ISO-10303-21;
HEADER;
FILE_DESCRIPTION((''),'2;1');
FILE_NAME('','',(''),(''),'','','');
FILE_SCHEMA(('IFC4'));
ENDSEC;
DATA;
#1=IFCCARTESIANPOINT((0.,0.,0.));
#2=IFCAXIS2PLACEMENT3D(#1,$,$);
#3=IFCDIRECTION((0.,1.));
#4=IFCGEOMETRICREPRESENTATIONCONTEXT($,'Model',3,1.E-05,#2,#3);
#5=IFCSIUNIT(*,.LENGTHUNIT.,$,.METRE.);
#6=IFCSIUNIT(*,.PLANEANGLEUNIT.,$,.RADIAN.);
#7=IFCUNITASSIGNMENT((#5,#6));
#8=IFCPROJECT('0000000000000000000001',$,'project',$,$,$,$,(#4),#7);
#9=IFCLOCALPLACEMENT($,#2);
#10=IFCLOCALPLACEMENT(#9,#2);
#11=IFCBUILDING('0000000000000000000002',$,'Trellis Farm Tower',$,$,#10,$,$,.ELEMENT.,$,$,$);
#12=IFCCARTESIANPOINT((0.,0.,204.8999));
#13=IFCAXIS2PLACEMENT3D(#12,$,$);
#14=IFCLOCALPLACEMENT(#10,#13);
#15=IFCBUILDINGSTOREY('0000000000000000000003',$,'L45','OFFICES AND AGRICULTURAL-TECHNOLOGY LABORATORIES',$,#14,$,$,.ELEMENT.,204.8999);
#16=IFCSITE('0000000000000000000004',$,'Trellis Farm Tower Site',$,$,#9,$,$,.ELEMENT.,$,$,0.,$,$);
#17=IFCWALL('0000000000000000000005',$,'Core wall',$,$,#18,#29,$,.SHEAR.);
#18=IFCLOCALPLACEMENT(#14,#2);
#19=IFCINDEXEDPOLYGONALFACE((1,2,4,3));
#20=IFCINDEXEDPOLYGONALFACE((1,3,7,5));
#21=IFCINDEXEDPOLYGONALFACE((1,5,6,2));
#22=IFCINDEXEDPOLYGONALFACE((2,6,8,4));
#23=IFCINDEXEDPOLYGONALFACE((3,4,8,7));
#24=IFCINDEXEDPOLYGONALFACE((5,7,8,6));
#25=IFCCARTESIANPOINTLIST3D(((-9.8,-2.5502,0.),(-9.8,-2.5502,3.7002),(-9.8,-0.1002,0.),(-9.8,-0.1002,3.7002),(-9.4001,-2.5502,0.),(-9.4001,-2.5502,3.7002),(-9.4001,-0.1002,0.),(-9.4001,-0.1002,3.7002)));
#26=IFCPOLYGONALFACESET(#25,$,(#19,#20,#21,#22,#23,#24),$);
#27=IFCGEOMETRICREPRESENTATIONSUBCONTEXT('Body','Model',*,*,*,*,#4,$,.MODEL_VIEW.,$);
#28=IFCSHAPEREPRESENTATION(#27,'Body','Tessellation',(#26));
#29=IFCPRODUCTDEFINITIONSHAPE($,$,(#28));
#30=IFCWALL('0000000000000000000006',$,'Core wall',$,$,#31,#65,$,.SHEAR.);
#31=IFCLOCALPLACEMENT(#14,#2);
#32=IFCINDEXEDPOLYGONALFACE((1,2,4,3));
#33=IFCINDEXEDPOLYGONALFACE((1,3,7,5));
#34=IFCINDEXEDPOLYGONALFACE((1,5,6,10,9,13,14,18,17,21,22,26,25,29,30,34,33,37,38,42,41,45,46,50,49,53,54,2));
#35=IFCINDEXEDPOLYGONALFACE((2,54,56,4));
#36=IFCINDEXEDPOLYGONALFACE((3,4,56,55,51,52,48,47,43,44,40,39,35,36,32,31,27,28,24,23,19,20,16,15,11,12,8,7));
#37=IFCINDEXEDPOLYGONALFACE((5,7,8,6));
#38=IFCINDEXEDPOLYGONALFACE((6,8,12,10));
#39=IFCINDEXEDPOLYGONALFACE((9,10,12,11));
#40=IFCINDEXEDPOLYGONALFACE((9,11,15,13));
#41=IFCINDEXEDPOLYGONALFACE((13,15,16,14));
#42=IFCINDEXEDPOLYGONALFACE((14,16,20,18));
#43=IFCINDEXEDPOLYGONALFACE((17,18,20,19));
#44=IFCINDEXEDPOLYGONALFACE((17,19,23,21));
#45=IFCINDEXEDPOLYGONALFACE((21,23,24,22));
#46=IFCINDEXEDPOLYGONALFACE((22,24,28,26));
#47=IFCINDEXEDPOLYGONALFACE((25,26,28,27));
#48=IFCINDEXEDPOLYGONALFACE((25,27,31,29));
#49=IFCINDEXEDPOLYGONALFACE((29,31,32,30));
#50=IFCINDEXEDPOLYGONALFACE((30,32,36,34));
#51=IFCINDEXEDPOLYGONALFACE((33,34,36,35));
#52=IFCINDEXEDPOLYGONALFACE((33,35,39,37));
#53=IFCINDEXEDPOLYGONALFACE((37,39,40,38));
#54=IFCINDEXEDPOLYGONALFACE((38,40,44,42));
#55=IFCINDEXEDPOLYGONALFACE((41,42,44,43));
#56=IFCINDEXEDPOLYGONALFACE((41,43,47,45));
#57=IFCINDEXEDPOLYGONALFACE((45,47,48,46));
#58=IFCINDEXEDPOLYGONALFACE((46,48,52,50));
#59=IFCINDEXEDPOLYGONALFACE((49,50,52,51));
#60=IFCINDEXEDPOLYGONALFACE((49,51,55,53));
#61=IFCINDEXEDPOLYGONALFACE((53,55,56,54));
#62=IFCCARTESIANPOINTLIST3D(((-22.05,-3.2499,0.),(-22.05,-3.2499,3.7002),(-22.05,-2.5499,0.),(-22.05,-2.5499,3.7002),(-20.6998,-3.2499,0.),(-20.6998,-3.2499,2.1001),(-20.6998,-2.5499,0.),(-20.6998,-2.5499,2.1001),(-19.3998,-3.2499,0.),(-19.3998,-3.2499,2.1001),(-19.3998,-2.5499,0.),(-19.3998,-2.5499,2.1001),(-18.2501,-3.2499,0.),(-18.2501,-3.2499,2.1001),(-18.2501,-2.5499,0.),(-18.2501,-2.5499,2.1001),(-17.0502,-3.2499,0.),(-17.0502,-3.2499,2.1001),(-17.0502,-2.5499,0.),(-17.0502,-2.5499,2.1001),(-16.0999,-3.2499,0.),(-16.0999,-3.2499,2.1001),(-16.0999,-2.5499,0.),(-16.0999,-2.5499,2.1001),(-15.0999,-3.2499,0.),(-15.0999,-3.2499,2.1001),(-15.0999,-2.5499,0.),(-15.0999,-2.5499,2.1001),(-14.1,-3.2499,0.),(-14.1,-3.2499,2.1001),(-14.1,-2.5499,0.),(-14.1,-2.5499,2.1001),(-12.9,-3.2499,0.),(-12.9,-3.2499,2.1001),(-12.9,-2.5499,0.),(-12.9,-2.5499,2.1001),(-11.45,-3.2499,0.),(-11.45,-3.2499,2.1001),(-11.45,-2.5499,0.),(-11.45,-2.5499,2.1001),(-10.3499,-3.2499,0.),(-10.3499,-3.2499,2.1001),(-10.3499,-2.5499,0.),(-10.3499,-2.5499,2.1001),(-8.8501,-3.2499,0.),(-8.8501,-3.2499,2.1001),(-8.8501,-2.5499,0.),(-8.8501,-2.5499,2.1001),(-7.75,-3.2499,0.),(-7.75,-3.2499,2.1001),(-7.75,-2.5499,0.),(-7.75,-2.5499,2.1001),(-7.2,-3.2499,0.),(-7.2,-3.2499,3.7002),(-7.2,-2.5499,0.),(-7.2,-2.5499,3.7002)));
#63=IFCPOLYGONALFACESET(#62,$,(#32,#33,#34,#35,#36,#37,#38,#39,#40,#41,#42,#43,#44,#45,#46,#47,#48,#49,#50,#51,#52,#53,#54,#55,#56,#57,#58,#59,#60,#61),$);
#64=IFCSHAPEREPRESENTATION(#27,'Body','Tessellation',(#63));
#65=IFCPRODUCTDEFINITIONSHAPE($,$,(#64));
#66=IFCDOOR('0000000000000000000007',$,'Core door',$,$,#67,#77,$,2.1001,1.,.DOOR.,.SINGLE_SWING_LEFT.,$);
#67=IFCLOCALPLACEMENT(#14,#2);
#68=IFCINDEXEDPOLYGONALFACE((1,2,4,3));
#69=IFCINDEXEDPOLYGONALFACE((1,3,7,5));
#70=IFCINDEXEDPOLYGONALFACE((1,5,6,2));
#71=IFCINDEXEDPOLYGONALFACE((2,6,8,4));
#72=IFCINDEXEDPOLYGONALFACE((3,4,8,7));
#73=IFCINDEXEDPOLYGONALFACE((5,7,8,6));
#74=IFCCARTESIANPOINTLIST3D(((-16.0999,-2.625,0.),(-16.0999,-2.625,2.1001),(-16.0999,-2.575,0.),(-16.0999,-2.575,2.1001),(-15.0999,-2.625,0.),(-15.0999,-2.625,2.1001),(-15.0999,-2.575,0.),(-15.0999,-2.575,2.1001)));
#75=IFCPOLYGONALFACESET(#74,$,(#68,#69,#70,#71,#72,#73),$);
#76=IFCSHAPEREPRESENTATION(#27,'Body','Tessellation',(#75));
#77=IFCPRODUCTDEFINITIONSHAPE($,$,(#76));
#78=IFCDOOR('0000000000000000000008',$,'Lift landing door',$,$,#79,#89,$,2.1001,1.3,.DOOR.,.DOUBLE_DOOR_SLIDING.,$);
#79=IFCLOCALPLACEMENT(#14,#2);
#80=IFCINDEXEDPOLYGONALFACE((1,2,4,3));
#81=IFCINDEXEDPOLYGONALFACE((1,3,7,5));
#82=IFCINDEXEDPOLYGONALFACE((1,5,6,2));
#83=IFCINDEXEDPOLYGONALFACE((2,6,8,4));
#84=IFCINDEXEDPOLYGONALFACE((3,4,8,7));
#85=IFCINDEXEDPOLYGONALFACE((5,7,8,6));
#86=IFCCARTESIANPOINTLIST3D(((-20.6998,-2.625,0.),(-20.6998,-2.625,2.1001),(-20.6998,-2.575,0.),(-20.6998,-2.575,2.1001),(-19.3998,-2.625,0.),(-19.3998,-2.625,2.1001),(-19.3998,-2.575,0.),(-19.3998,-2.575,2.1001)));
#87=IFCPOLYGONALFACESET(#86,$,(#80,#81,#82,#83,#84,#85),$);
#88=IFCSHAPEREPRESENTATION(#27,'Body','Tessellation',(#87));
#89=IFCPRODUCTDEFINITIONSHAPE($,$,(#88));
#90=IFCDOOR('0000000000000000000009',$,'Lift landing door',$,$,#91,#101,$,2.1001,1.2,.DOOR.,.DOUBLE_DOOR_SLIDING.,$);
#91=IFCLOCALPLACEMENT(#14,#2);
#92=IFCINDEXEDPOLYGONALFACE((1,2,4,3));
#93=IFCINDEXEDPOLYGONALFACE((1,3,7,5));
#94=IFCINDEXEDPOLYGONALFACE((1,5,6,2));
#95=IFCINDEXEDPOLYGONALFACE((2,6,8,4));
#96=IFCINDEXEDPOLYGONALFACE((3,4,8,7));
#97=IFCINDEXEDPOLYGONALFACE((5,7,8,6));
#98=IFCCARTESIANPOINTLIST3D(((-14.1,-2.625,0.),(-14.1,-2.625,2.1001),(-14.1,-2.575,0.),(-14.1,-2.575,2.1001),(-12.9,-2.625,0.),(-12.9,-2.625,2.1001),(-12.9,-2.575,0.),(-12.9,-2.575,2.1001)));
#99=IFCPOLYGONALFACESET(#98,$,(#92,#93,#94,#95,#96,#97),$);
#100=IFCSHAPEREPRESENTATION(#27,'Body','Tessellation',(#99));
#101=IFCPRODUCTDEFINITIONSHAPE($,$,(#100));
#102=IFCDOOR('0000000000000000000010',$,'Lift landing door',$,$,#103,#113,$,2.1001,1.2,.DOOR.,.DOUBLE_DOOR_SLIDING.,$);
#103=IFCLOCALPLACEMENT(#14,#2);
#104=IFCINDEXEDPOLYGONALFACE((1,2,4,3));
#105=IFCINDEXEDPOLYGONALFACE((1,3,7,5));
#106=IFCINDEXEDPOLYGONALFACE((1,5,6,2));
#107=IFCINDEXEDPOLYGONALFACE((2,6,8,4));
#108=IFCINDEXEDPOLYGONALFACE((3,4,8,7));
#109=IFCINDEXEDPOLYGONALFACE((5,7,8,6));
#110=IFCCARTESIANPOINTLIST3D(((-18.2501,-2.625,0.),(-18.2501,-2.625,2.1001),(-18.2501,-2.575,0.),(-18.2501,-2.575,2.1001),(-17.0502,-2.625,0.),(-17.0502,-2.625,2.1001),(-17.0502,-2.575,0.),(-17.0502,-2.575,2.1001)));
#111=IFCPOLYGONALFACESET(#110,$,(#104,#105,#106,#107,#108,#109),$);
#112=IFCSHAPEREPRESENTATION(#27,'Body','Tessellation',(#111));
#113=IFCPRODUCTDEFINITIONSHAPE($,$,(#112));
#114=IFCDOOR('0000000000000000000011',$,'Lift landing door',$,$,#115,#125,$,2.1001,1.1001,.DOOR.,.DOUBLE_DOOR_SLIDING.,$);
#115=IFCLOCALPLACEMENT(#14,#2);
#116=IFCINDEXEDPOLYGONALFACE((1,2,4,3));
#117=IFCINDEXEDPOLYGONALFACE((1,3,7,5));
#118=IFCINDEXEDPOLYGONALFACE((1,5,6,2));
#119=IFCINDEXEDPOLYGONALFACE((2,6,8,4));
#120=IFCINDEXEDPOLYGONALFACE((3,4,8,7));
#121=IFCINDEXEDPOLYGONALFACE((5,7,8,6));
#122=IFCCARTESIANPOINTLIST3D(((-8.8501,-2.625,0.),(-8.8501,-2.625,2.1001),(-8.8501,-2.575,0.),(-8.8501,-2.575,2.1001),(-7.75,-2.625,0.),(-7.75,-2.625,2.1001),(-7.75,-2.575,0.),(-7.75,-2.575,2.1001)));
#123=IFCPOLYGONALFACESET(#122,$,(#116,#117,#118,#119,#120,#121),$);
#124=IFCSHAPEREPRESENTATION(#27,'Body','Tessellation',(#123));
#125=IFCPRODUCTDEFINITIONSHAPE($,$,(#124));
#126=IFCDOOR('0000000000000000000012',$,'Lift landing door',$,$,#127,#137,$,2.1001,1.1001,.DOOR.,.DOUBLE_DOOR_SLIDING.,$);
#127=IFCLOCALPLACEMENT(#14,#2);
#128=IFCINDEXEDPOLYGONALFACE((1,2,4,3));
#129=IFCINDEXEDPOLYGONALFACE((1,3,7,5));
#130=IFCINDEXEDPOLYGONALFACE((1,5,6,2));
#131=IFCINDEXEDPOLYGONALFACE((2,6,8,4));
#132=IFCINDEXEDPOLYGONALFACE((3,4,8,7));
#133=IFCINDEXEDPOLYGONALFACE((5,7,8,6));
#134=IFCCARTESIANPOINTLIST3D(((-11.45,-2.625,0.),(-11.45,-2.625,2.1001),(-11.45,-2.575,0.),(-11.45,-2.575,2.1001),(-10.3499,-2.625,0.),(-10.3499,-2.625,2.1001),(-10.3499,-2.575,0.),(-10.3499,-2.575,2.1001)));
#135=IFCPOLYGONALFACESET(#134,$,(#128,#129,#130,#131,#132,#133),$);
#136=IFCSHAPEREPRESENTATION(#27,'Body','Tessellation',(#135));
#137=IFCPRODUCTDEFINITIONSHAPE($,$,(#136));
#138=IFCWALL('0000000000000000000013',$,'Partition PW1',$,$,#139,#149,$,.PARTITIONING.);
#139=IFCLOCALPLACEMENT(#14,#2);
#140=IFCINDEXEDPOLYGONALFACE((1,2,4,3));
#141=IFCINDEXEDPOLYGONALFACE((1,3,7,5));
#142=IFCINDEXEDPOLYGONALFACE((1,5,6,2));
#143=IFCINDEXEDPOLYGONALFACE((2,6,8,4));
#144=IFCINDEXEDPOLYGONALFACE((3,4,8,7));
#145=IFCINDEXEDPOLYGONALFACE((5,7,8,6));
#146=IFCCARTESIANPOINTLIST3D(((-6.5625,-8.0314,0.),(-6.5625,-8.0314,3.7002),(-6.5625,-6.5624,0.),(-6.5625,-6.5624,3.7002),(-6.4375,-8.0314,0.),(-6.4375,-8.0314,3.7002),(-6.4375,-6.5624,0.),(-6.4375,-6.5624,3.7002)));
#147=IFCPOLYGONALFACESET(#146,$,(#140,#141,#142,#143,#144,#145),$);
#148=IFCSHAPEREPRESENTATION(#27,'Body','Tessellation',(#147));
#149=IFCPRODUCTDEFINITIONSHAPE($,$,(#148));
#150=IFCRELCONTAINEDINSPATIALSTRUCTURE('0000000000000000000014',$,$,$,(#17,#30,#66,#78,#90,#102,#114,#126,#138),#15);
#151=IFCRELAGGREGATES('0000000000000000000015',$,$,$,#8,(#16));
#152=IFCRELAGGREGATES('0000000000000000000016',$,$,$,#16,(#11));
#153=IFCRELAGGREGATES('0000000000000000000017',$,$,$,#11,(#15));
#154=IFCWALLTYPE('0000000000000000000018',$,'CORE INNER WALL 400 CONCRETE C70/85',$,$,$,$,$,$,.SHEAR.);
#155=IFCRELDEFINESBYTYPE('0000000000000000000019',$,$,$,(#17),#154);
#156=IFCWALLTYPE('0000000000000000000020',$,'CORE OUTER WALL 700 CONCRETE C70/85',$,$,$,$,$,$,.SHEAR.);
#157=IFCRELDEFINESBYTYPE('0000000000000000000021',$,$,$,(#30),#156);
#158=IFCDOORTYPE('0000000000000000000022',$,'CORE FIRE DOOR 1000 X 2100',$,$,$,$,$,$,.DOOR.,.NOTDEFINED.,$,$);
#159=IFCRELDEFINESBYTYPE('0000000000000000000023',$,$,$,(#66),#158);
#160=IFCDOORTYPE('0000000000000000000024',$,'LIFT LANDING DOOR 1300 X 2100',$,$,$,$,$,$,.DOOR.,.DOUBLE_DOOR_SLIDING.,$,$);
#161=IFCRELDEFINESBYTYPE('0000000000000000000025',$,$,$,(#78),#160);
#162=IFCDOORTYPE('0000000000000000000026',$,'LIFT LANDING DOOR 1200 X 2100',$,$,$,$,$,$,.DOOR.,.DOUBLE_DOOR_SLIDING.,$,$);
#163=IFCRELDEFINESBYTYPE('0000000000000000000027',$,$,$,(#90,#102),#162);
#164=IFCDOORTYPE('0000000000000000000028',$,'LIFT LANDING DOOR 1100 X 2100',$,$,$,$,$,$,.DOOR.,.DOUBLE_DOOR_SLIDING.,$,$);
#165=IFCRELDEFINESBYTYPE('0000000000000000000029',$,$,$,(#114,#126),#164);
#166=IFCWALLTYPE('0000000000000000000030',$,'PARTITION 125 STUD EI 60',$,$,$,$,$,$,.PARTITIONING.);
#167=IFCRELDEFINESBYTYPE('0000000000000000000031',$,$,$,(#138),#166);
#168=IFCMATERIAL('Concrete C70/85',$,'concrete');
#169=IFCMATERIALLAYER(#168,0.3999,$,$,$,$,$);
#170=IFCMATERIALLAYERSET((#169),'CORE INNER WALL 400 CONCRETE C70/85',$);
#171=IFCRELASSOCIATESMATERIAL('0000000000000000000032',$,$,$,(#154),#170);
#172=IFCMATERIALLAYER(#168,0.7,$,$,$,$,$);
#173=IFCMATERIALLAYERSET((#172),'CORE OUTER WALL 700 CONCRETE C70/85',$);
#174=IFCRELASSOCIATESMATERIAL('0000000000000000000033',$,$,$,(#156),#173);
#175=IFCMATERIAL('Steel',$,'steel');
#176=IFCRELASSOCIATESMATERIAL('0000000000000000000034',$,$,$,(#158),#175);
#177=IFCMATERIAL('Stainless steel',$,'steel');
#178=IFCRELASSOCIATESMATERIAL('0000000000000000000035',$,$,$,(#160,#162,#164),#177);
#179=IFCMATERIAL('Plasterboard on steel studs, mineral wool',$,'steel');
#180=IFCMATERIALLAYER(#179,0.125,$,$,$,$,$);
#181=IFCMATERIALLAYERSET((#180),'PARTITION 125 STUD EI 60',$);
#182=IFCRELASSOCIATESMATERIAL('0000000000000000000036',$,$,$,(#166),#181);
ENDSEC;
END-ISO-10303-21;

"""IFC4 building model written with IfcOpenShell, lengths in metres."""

from ifc_helpers import new_model, si_unit, direction, frame, frame_2d, origin, place, context, subcontext, project, spatial, rectangle, extrude, source, transform, mapped, material, layer, layer_set, type_object, element, fill, save


model = new_model("IFC4")

# Units and contexts
model_context = context("Model", 3, precision=1e-05, world=origin(), true_north=direction((0.0, 1.0)))
body_context = subcontext(model_context, "Body", "Model", "MODEL_VIEW")
ifc_project = project(units=[si_unit("LENGTHUNIT", "METRE"), si_unit("PLANEANGLEUNIT", "RADIAN")], contexts=[model_context])

# Site, building, storey
site_placement = place(None, origin())
site = spatial("IfcSite", under=ifc_project, at=site_placement, Name="Trellis Farm Tower Site", CompositionType="ELEMENT", RefElevation=0.0)
building_placement = place(site_placement, origin())
building = spatial("IfcBuilding", under=site, at=building_placement, Name="Trellis Farm Tower", CompositionType="ELEMENT")
storey_placement = place(building_placement, frame((0.0, 0.0, 204.8999)))
storey = spatial("IfcBuildingStorey", under=building, at=storey_placement, Name="L45", Description="OFFICES AND AGRICULTURAL-TECHNOLOGY LABORATORIES", CompositionType="ELEMENT", Elevation=204.8999)

# Shared definitions
ifc_material_1 = material(Name="Concrete C70/85", Category="concrete")

# Wall
ifc_layer_1 = layer(ifc_material_1, 0.3999)
ifc_layer_set_1 = layer_set([ifc_layer_1], Name="CORE INNER WALL 400 CONCRETE C70/85")
wall_type_1 = type_object("IfcWallType", Name="CORE INNER WALL 400 CONCRETE C70/85", PredefinedType="SHEAR", material=ifc_layer_set_1)
shared_shape_1 = source(origin(), body_context, "Body", "SweptSolid", [
    extrude(rectangle(XDim=2.45, YDim=0.3999, at=frame_2d((1.2251, 0.0))), origin(), (0.0, 0.0, 1.0), 3.7002),
])
wall_1_placement = place(storey_placement, frame((-9.6001, -0.1001, 0.0), z_axis=(0.0, 0.0, 1.0), x_axis=(0.0, -1.0, 0.0)))
element("IfcWall", 1, at=wall_1_placement, inside=storey, type_object=wall_type_1, Name="Core wall", PredefinedType="SHEAR", context=body_context, shape_type="MappedRepresentation", body=[
    mapped(shared_shape_1, transform((0.0, 0.0, 0.0))),
])

# Wall, openings, doors
ifc_layer_2 = layer(ifc_material_1, 0.7)
ifc_layer_set_2 = layer_set([ifc_layer_2], Name="CORE OUTER WALL 700 CONCRETE C70/85")
wall_type_2 = type_object("IfcWallType", Name="CORE OUTER WALL 700 CONCRETE C70/85", PredefinedType="SHEAR", material=ifc_layer_set_2)
shared_shape_2 = source(origin(), body_context, "Body", "SweptSolid", [
    extrude(rectangle(XDim=14.8501, YDim=0.7, at=frame_2d((7.425, 0.0))), origin(), (0.0, 0.0, 1.0), 3.7002),
])
wall_2_placement = place(storey_placement, frame((-7.2, -2.8999, 0.0), z_axis=(0.0, 0.0, 1.0), x_axis=(-1.0, 0.0, 0.0)))
wall_2 = element("IfcWall", 2, at=wall_2_placement, inside=storey, type_object=wall_type_2, Name="Core wall", PredefinedType="SHEAR", context=body_context, shape_type="MappedRepresentation", body=[
    mapped(shared_shape_2, transform((0.0, 0.0, 0.0))),
])
shared_shape_3 = source(origin(), body_context, "Body", "SweptSolid", [
    extrude(rectangle(XDim=1.1001, YDim=2.1001, at=frame_2d((0.55, 1.05))), frame((0.0, 0.3601, 0.0), z_axis=(0.0, -1.0, 0.0), x_axis=(1.0, 0.0, 0.0)), (0.0, 0.0, 1.0), 0.7202),
])
opening_1_placement = place(wall_2_placement, frame((0.55, 0.0, 0.0)))
opening_1 = element("IfcOpeningElement", 3, at=opening_1_placement, cuts=wall_2, PredefinedType="OPENING", context=body_context, shape_type="MappedRepresentation", body=[
    mapped(shared_shape_3, transform((0.0, 0.0, 0.0))),
])
opening_2_placement = place(wall_2_placement, frame((3.1499, 0.0, 0.0)))
opening_2 = element("IfcOpeningElement", 4, at=opening_2_placement, cuts=wall_2, PredefinedType="OPENING", context=body_context, shape_type="MappedRepresentation", body=[
    mapped(shared_shape_3, transform((0.0, 0.0, 0.0))),
])
shared_shape_4 = source(origin(), body_context, "Body", "SweptSolid", [
    extrude(rectangle(XDim=1.2, YDim=2.1001, at=frame_2d((0.6001, 1.05))), frame((0.0, 0.3601, 0.0), z_axis=(0.0, -1.0, 0.0), x_axis=(1.0, 0.0, 0.0)), (0.0, 0.0, 1.0), 0.7202),
])
opening_3_placement = place(wall_2_placement, frame((5.7, 0.0, 0.0)))
opening_3 = element("IfcOpeningElement", 5, at=opening_3_placement, cuts=wall_2, PredefinedType="OPENING", context=body_context, shape_type="MappedRepresentation", body=[
    mapped(shared_shape_4, transform((0.0, 0.0, 0.0))),
])
shared_shape_5 = source(origin(), body_context, "Body", "SweptSolid", [
    extrude(rectangle(XDim=1.3, YDim=2.1001, at=frame_2d((0.6499, 1.05))), frame((0.0, 0.3601, 0.0), z_axis=(0.0, -1.0, 0.0), x_axis=(1.0, 0.0, 0.0)), (0.0, 0.0, 1.0), 0.7202),
])
opening_4_placement = place(wall_2_placement, frame((12.2, 0.0, 0.0)))
opening_4 = element("IfcOpeningElement", 6, at=opening_4_placement, cuts=wall_2, PredefinedType="OPENING", context=body_context, shape_type="MappedRepresentation", body=[
    mapped(shared_shape_5, transform((0.0, 0.0, 0.0))),
])
opening_5_placement = place(wall_2_placement, frame((9.8501, 0.0, 0.0)))
opening_5 = element("IfcOpeningElement", 7, at=opening_5_placement, cuts=wall_2, PredefinedType="OPENING", context=body_context, shape_type="MappedRepresentation", body=[
    mapped(shared_shape_4, transform((0.0, 0.0, 0.0))),
])
shared_shape_6 = source(origin(), body_context, "Body", "SweptSolid", [
    extrude(rectangle(XDim=1.0, YDim=2.1001, at=frame_2d((0.5, 1.05))), frame((0.0, 0.3601, 0.0), z_axis=(0.0, -1.0, 0.0), x_axis=(1.0, 0.0, 0.0)), (0.0, 0.0, 1.0), 0.7202),
])
opening_6_placement = place(wall_2_placement, frame((7.8999, 0.0, 0.0)))
opening_6 = element("IfcOpeningElement", 8, at=opening_6_placement, cuts=wall_2, PredefinedType="OPENING", context=body_context, shape_type="MappedRepresentation", body=[
    mapped(shared_shape_6, transform((0.0, 0.0, 0.0))),
])
ifc_material_2 = material(Name="Steel", Category="steel")
door_type_1 = type_object("IfcDoorType", Name="CORE FIRE DOOR 1000 X 2100", OperationType="NOTDEFINED", PredefinedType="DOOR", material=ifc_material_2)
shared_shape_7 = source(origin(), body_context, "Body", "SweptSolid", [
    extrude(rectangle(XDim=1.0, YDim=2.1001, at=frame_2d((0.5, 1.05))), frame((0.0, -0.2749, 0.0), z_axis=(0.0, -1.0, 0.0), x_axis=(1.0, 0.0, 0.0)), (0.0, 0.0, 1.0), 0.05),
])
door_1_placement = place(opening_6_placement, origin())
door_1 = element("IfcDoor", 9, at=door_1_placement, inside=storey, type_object=door_type_1, Name="Core door", OperationType="SINGLE_SWING_LEFT", OverallHeight=2.1001, OverallWidth=1.0, PredefinedType="DOOR", context=body_context, shape_type="MappedRepresentation", body=[
    mapped(shared_shape_7, transform((0.0, 0.0, 0.0))),
])
fill(opening_6, door_1)
ifc_material_3 = material(Name="Stainless steel", Category="steel")
door_type_2 = type_object("IfcDoorType", Name="LIFT LANDING DOOR 1300 X 2100", OperationType="DOUBLE_DOOR_SLIDING", PredefinedType="DOOR", material=ifc_material_3)
shared_shape_8 = source(origin(), body_context, "Body", "SweptSolid", [
    extrude(rectangle(XDim=1.3, YDim=2.1001, at=frame_2d((0.6499, 1.05))), frame((0.0, -0.2749, 0.0), z_axis=(0.0, -1.0, 0.0), x_axis=(1.0, 0.0, 0.0)), (0.0, 0.0, 1.0), 0.05),
])
door_2_placement = place(opening_4_placement, origin())
door_2 = element("IfcDoor", 10, at=door_2_placement, inside=storey, type_object=door_type_2, Name="Lift landing door", OperationType="DOUBLE_DOOR_SLIDING", OverallHeight=2.1001, OverallWidth=1.3, PredefinedType="DOOR", context=body_context, shape_type="MappedRepresentation", body=[
    mapped(shared_shape_8, transform((0.0, 0.0, 0.0))),
])
fill(opening_4, door_2)
door_type_3 = type_object("IfcDoorType", Name="LIFT LANDING DOOR 1200 X 2100", OperationType="DOUBLE_DOOR_SLIDING", PredefinedType="DOOR", material=ifc_material_3)
shared_shape_9 = source(origin(), body_context, "Body", "SweptSolid", [
    extrude(rectangle(XDim=1.2, YDim=2.1001, at=frame_2d((0.6001, 1.05))), frame((0.0, -0.2749, 0.0), z_axis=(0.0, -1.0, 0.0), x_axis=(1.0, 0.0, 0.0)), (0.0, 0.0, 1.0), 0.05),
])
door_3_placement = place(opening_3_placement, origin())
door_3 = element("IfcDoor", 11, at=door_3_placement, inside=storey, type_object=door_type_3, Name="Lift landing door", OperationType="DOUBLE_DOOR_SLIDING", OverallHeight=2.1001, OverallWidth=1.2, PredefinedType="DOOR", context=body_context, shape_type="MappedRepresentation", body=[
    mapped(shared_shape_9, transform((0.0, 0.0, 0.0))),
])
fill(opening_3, door_3)
door_4_placement = place(opening_5_placement, origin())
door_4 = element("IfcDoor", 12, at=door_4_placement, inside=storey, type_object=door_type_3, Name="Lift landing door", OperationType="DOUBLE_DOOR_SLIDING", OverallHeight=2.1001, OverallWidth=1.2, PredefinedType="DOOR", context=body_context, shape_type="MappedRepresentation", body=[
    mapped(shared_shape_9, transform((0.0, 0.0, 0.0))),
])
fill(opening_5, door_4)
door_type_4 = type_object("IfcDoorType", Name="LIFT LANDING DOOR 1100 X 2100", OperationType="DOUBLE_DOOR_SLIDING", PredefinedType="DOOR", material=ifc_material_3)
shared_shape_10 = source(origin(), body_context, "Body", "SweptSolid", [
    extrude(rectangle(XDim=1.1001, YDim=2.1001, at=frame_2d((0.55, 1.05))), frame((0.0, -0.2749, 0.0), z_axis=(0.0, -1.0, 0.0), x_axis=(1.0, 0.0, 0.0)), (0.0, 0.0, 1.0), 0.05),
])
door_5_placement = place(opening_1_placement, origin())
door_5 = element("IfcDoor", 13, at=door_5_placement, inside=storey, type_object=door_type_4, Name="Lift landing door", OperationType="DOUBLE_DOOR_SLIDING", OverallHeight=2.1001, OverallWidth=1.1001, PredefinedType="DOOR", context=body_context, shape_type="MappedRepresentation", body=[
    mapped(shared_shape_10, transform((0.0, 0.0, 0.0))),
])
fill(opening_1, door_5)
door_6_placement = place(opening_2_placement, origin())
door_6 = element("IfcDoor", 14, at=door_6_placement, inside=storey, type_object=door_type_4, Name="Lift landing door", OperationType="DOUBLE_DOOR_SLIDING", OverallHeight=2.1001, OverallWidth=1.1001, PredefinedType="DOOR", context=body_context, shape_type="MappedRepresentation", body=[
    mapped(shared_shape_10, transform((0.0, 0.0, 0.0))),
])
fill(opening_2, door_6)

# Wall
ifc_material_4 = material(Name="Plasterboard on steel studs, mineral wool", Category="steel")
ifc_layer_3 = layer(ifc_material_4, 0.125)
ifc_layer_set_3 = layer_set([ifc_layer_3], Name="PARTITION 125 STUD EI 60")
wall_type_3 = type_object("IfcWallType", Name="PARTITION 125 STUD EI 60", PredefinedType="PARTITIONING", material=ifc_layer_set_3)
shared_shape_11 = source(origin(), body_context, "Body", "SweptSolid", [
    extrude(rectangle(XDim=1.469, YDim=0.125, at=frame_2d((0.7344, 0.0))), origin(), (0.0, 0.0, 1.0), 3.7002),
])
wall_3_placement = place(storey_placement, frame((-6.5, -6.5625, 0.0), z_axis=(0.0, 0.0, 1.0), x_axis=(0.0, -1.0, 0.0)))
element("IfcWall", 15, at=wall_3_placement, inside=storey, type_object=wall_type_3, Name="Partition PW1", PredefinedType="PARTITIONING", context=body_context, shape_type="MappedRepresentation", body=[
    mapped(shared_shape_11, transform((0.0, 0.0, 0.0))),
])

save(model, "model.ifc")
